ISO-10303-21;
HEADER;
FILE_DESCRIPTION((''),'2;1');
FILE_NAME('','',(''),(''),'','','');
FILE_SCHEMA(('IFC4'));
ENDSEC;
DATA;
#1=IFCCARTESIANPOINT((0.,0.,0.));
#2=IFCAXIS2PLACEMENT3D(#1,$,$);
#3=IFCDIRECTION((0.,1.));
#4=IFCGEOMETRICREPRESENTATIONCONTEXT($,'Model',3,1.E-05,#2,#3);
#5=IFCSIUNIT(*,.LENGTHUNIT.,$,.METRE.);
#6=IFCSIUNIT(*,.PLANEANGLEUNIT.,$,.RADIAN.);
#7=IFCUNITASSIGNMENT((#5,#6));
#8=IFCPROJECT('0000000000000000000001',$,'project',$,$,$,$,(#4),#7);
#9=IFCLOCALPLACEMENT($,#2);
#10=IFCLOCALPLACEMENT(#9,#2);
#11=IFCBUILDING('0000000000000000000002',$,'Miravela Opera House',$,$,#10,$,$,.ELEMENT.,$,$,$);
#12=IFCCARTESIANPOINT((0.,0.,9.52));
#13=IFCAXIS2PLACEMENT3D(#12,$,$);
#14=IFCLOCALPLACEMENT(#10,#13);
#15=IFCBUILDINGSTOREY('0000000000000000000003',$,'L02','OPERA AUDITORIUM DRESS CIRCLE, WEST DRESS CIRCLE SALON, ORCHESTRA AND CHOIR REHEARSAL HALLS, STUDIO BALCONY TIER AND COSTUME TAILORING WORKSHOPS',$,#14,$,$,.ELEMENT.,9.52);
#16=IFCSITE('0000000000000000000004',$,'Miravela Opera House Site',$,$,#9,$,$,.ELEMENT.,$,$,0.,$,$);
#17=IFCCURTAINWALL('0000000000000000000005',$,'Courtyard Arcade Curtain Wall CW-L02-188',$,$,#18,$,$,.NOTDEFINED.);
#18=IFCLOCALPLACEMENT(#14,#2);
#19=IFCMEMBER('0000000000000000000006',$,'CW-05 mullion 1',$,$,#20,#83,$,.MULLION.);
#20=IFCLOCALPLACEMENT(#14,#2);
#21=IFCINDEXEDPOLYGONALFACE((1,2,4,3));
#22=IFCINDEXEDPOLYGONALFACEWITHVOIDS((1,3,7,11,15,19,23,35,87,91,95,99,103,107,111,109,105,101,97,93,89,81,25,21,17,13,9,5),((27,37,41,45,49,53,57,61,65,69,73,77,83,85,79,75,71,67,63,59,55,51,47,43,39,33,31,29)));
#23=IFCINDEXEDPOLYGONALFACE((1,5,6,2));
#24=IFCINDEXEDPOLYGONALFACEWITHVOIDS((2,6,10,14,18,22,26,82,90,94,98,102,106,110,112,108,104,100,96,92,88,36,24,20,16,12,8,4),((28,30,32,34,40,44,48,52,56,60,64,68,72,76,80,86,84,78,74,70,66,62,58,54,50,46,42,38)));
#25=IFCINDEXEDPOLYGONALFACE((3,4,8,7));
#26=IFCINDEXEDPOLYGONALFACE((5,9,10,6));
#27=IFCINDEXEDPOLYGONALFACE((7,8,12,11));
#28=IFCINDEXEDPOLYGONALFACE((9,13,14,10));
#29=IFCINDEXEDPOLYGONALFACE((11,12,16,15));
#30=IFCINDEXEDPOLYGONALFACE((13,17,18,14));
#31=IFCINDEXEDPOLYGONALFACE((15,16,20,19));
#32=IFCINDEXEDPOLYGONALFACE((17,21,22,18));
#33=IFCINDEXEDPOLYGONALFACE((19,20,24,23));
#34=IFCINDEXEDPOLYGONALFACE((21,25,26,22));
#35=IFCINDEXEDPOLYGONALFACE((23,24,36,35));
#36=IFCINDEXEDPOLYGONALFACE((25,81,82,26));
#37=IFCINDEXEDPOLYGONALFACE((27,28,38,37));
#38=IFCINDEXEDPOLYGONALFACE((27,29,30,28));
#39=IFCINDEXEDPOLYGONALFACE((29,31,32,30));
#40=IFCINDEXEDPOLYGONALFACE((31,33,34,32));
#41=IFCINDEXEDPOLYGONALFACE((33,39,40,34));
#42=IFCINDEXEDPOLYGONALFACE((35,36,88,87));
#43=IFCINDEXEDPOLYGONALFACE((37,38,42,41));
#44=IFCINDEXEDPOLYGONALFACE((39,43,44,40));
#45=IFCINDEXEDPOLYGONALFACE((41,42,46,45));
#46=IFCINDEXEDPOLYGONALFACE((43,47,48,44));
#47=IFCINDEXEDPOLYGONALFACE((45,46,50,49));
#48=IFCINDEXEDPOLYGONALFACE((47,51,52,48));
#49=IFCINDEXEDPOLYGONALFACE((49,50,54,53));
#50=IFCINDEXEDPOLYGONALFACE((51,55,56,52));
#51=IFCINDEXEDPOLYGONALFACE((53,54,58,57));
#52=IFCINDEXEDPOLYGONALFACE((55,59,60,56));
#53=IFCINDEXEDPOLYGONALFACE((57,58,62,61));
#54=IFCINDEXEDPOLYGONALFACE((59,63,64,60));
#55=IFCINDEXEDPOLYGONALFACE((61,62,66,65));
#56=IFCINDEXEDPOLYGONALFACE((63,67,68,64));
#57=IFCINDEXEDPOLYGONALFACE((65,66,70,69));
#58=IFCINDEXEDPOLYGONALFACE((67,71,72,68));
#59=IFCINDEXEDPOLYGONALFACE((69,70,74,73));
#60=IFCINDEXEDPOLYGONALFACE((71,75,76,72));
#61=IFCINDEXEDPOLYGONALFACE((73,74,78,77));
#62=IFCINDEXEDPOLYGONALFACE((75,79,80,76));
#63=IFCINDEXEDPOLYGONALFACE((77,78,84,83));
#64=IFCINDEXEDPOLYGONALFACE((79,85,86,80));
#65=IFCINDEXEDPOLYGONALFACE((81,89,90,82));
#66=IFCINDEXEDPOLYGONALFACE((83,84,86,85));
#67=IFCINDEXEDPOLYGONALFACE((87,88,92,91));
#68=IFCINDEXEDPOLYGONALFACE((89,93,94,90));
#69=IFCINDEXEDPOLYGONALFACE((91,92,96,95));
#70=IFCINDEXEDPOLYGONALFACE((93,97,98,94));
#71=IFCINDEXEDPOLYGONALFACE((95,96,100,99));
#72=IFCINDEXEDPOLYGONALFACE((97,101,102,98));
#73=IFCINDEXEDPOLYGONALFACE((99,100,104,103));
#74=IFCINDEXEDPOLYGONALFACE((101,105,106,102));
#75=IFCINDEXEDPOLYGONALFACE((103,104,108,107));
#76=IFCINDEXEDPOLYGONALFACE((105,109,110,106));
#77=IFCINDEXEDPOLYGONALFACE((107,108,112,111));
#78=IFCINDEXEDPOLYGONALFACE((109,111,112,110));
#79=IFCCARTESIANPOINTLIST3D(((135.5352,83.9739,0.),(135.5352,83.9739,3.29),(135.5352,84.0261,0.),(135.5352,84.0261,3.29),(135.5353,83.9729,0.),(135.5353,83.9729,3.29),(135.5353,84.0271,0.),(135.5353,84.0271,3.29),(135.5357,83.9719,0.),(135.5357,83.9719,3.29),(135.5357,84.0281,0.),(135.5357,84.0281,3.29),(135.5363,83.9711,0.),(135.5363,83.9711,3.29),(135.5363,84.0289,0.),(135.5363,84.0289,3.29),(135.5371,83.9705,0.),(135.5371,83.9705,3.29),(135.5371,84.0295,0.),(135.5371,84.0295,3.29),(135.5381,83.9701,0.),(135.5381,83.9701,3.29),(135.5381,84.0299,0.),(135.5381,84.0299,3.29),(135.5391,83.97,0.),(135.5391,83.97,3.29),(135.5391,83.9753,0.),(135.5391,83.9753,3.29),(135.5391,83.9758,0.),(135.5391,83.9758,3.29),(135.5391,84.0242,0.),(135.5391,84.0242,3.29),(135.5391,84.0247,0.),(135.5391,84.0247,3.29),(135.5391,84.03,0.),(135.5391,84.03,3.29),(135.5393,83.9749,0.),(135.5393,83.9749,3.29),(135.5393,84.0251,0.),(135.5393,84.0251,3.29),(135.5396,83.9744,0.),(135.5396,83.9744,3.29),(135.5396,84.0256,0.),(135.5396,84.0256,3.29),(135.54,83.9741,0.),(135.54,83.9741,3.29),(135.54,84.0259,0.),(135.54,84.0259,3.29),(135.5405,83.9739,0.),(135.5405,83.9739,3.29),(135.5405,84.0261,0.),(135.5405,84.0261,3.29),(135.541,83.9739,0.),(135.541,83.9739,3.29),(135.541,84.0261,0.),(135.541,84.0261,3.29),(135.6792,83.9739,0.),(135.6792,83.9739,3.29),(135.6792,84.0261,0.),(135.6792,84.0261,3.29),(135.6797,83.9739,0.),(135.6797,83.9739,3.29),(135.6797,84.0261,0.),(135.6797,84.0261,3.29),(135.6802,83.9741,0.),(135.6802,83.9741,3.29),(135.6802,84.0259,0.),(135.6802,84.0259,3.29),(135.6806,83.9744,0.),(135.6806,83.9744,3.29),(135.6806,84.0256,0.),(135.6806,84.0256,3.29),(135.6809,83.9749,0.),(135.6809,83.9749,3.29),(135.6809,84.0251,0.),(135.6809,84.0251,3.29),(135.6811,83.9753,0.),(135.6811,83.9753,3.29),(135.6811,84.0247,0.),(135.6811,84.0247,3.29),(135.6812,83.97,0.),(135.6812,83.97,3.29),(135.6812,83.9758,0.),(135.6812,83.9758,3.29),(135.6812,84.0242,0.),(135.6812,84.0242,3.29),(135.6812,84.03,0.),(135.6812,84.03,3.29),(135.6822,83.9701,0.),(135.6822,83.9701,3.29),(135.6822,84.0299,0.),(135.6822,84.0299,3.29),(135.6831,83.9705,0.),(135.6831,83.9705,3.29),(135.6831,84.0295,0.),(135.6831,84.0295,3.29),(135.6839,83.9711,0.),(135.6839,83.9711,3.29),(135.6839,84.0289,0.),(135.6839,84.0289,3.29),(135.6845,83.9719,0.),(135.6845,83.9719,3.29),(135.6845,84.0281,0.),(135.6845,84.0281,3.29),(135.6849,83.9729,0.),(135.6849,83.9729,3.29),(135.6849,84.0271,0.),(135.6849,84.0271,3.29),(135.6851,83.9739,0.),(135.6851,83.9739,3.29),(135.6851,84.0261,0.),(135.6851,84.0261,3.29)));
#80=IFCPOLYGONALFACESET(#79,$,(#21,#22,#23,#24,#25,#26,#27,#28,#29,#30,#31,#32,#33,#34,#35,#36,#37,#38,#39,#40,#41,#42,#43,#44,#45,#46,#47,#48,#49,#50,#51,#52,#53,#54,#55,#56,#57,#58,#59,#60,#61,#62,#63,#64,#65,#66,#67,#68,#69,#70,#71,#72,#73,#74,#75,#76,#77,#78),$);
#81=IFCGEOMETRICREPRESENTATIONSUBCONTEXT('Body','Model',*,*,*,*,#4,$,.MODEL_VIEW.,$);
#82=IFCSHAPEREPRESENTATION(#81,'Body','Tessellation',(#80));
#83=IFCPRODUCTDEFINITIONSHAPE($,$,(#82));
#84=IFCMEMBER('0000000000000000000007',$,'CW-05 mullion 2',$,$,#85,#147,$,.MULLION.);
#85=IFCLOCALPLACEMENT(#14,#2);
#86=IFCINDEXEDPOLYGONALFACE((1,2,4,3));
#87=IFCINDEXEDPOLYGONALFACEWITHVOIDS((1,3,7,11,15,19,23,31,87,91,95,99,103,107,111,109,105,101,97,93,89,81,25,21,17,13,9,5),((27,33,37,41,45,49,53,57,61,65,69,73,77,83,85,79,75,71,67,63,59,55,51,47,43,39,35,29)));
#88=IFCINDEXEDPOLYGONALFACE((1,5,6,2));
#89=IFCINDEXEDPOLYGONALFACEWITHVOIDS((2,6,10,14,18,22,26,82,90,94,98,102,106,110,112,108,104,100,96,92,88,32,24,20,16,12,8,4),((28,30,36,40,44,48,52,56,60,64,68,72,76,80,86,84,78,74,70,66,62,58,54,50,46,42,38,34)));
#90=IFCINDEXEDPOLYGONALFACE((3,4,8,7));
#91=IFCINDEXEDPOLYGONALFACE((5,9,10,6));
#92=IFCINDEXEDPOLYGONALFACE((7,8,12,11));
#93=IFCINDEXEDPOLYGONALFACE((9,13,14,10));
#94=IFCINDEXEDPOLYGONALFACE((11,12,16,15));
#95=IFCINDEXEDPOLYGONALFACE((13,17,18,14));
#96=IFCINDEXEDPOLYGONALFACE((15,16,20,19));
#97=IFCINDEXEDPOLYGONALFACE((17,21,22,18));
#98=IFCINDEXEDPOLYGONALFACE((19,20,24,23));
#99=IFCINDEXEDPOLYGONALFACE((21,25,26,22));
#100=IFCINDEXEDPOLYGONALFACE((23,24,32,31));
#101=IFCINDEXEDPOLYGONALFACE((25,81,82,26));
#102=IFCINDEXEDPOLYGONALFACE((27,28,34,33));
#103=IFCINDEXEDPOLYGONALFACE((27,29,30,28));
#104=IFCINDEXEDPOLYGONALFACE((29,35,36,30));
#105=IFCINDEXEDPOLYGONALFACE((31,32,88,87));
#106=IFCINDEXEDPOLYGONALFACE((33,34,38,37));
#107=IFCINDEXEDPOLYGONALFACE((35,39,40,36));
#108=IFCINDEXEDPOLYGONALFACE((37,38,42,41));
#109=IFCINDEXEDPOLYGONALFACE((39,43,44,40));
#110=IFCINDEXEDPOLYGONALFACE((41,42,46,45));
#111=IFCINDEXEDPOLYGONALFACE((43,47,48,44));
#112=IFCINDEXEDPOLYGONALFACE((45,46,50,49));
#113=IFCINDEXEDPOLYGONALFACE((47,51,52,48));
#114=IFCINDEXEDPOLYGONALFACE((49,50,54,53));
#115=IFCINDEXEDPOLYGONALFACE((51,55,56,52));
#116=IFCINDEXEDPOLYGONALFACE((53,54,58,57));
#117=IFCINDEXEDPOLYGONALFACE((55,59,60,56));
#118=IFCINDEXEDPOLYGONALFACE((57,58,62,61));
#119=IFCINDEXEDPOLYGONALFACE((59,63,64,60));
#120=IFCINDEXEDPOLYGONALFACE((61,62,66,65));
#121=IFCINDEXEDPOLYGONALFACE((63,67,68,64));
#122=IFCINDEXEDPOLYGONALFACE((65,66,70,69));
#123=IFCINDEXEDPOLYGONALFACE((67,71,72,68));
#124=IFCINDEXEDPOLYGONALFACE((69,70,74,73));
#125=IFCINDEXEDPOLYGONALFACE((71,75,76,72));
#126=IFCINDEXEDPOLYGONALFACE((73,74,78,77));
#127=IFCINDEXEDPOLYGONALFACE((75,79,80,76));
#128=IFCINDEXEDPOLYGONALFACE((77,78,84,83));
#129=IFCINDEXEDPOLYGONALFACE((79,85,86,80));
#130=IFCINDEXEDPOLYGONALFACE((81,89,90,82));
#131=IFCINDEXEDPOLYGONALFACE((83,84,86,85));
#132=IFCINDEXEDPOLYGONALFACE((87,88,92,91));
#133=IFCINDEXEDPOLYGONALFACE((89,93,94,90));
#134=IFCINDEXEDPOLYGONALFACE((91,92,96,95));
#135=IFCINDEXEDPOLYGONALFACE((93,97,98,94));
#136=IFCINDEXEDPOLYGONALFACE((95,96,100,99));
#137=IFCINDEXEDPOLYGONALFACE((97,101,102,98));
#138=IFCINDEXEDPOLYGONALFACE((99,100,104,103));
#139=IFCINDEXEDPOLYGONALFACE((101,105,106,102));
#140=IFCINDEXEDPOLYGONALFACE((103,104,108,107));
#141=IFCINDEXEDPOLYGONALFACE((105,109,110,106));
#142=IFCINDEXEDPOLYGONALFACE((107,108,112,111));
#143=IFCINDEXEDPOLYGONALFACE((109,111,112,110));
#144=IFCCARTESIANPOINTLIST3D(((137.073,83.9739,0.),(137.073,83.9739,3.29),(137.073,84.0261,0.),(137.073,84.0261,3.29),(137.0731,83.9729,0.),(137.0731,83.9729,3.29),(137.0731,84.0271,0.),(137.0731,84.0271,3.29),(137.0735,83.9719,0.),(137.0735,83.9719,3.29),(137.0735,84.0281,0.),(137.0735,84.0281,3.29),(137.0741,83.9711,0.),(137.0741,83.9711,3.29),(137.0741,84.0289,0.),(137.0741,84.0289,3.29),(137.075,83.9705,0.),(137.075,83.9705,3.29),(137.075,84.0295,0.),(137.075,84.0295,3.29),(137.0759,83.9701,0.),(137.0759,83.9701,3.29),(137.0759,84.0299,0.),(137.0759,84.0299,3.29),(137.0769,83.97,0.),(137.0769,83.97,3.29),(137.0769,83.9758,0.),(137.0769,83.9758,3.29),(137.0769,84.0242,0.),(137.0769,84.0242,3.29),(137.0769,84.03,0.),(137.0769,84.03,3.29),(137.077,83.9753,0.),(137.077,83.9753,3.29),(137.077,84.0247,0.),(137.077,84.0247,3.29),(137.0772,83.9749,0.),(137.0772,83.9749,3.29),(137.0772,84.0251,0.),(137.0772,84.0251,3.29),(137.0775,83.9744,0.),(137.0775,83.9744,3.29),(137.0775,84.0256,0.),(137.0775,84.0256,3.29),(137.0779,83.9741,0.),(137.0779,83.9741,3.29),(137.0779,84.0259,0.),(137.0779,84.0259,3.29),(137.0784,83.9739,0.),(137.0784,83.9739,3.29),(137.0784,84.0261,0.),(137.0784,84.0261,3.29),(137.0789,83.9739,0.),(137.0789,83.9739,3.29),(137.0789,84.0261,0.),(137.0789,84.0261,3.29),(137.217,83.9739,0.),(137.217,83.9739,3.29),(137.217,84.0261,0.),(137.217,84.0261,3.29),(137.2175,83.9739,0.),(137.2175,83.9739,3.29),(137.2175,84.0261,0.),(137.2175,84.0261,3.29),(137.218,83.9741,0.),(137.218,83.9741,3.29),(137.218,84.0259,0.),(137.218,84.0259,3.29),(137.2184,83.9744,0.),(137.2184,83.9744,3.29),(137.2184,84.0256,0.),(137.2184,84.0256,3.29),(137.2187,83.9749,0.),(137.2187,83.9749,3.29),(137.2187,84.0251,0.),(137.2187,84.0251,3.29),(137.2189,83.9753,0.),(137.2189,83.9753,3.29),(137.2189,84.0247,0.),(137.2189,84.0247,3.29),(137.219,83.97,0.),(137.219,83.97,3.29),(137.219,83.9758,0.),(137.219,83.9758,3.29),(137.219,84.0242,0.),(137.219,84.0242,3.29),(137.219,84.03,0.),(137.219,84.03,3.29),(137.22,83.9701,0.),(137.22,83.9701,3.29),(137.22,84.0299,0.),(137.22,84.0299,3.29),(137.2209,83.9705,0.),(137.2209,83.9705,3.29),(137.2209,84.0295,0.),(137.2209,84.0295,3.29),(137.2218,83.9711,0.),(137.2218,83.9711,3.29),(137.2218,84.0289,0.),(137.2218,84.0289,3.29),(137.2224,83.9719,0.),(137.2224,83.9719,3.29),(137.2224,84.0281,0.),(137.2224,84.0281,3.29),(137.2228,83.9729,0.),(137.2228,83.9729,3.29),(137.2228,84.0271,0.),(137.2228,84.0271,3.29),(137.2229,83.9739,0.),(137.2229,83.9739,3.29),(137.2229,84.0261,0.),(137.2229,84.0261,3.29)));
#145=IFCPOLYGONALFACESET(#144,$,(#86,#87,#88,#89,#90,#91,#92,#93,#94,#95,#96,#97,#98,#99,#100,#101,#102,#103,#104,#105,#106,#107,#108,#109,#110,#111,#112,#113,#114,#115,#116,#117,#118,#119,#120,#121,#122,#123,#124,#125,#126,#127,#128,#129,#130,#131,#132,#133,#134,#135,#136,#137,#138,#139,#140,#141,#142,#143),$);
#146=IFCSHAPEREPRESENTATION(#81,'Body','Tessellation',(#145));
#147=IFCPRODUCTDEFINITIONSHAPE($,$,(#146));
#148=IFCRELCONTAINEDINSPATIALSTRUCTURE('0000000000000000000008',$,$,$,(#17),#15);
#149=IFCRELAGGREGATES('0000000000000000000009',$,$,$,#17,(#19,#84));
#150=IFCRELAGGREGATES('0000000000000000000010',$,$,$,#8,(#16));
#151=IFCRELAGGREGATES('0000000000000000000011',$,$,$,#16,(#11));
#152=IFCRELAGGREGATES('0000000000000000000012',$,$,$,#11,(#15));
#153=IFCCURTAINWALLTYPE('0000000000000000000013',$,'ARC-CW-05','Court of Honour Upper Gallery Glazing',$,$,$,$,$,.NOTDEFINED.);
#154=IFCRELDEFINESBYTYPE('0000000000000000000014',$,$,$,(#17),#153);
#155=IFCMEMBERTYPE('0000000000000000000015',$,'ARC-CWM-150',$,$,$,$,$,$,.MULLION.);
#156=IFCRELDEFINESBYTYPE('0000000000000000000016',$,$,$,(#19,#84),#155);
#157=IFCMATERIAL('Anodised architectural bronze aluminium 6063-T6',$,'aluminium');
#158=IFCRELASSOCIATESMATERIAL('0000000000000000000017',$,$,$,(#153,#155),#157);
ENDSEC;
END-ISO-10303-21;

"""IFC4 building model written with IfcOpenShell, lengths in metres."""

from ifc_helpers import new_model, si_unit, direction, frame, origin, origin_2d, place, context, subcontext, project, spatial, hollow_rectangle, extrude, material, material_profile, profile_set, type_object, element, aggregate, save


model = new_model("IFC4")

# Units and contexts
model_context = context("Model", 3, precision=1e-05, world=origin(), true_north=direction((0.0, 1.0)))
body_context = subcontext(model_context, "Body", "Model", "MODEL_VIEW")
ifc_project = project(units=[si_unit("LENGTHUNIT", "METRE"), si_unit("PLANEANGLEUNIT", "RADIAN")], contexts=[model_context])

# Site, building, storey
site_placement = place(None, origin())
site = spatial("IfcSite", under=ifc_project, at=site_placement, Name="Miravela Opera House Site", CompositionType="ELEMENT", RefElevation=0.0)
building_placement = place(site_placement, origin())
building = spatial("IfcBuilding", under=site, at=building_placement, Name="Miravela Opera House", CompositionType="ELEMENT")
storey_placement = place(building_placement, frame((0.0, 0.0, 9.52)))
storey = spatial("IfcBuildingStorey", under=building, at=storey_placement, Name="L02", Description="OPERA AUDITORIUM DRESS CIRCLE, WEST DRESS CIRCLE SALON, ORCHESTRA AND CHOIR REHEARSAL HALLS, STUDIO BALCONY TIER AND COSTUME TAILORING WORKSHOPS", CompositionType="ELEMENT", Elevation=9.52)

# Curtain wall, members
ifc_material_1 = material(Name="Anodised architectural bronze aluminium 6063-T6", Category="aluminium")
curtain_wall_type = type_object("IfcCurtainWallType", Name="ARC-CW-05", Description="Court of Honour Upper Gallery Glazing", PredefinedType="NOTDEFINED", material=ifc_material_1)
curtain_wall_placement = place(storey_placement, origin())
curtain_wall = element("IfcCurtainWall", 1, at=curtain_wall_placement, inside=storey, type_object=curtain_wall_type, Name="Courtyard Arcade Curtain Wall CW-L02-188", PredefinedType="NOTDEFINED")
ifc_material_profile_1 = material_profile(ifc_material_1, hollow_rectangle(XDim=0.0601, YDim=0.1499, WallThickness=0.0039, InnerFilletRadius=0.002, OuterFilletRadius=0.0039, at=origin_2d()), Name="CWM-60X150")
ifc_profile_set_1 = profile_set([ifc_material_profile_1])
member_type_1 = type_object("IfcMemberType", Name="ARC-CWM-150", PredefinedType="MULLION", material=ifc_profile_set_1)
member_1_placement = place(storey_placement, frame((135.6101, 84.0, 0.0), z_axis=(0.0, 0.0, 1.0), x_axis=(0.0, 1.0, 0.0)))
member_1 = element("IfcMember", 2, at=member_1_placement, type_object=member_type_1, Name="CW-05 mullion 1", PredefinedType="MULLION", context=body_context, shape_type="SweptSolid", body=[
    extrude(hollow_rectangle(XDim=0.0601, YDim=0.1499, WallThickness=0.0039, InnerFilletRadius=0.002, OuterFilletRadius=0.0039, at=origin_2d()), origin(), (0.0, 0.0, 1.0), 3.29),
])
member_2_placement = place(storey_placement, frame((137.1479, 84.0, 0.0), z_axis=(0.0, 0.0, 1.0), x_axis=(0.0, 1.0, 0.0)))
member_2 = element("IfcMember", 3, at=member_2_placement, type_object=member_type_1, Name="CW-05 mullion 2", PredefinedType="MULLION", context=body_context, shape_type="SweptSolid", body=[
    extrude(hollow_rectangle(XDim=0.0601, YDim=0.1499, WallThickness=0.0039, InnerFilletRadius=0.002, OuterFilletRadius=0.0039, at=origin_2d()), origin(), (0.0, 0.0, 1.0), 3.29),
])
aggregate(curtain_wall, [member_1, member_2])

save(model, "model.ifc")
